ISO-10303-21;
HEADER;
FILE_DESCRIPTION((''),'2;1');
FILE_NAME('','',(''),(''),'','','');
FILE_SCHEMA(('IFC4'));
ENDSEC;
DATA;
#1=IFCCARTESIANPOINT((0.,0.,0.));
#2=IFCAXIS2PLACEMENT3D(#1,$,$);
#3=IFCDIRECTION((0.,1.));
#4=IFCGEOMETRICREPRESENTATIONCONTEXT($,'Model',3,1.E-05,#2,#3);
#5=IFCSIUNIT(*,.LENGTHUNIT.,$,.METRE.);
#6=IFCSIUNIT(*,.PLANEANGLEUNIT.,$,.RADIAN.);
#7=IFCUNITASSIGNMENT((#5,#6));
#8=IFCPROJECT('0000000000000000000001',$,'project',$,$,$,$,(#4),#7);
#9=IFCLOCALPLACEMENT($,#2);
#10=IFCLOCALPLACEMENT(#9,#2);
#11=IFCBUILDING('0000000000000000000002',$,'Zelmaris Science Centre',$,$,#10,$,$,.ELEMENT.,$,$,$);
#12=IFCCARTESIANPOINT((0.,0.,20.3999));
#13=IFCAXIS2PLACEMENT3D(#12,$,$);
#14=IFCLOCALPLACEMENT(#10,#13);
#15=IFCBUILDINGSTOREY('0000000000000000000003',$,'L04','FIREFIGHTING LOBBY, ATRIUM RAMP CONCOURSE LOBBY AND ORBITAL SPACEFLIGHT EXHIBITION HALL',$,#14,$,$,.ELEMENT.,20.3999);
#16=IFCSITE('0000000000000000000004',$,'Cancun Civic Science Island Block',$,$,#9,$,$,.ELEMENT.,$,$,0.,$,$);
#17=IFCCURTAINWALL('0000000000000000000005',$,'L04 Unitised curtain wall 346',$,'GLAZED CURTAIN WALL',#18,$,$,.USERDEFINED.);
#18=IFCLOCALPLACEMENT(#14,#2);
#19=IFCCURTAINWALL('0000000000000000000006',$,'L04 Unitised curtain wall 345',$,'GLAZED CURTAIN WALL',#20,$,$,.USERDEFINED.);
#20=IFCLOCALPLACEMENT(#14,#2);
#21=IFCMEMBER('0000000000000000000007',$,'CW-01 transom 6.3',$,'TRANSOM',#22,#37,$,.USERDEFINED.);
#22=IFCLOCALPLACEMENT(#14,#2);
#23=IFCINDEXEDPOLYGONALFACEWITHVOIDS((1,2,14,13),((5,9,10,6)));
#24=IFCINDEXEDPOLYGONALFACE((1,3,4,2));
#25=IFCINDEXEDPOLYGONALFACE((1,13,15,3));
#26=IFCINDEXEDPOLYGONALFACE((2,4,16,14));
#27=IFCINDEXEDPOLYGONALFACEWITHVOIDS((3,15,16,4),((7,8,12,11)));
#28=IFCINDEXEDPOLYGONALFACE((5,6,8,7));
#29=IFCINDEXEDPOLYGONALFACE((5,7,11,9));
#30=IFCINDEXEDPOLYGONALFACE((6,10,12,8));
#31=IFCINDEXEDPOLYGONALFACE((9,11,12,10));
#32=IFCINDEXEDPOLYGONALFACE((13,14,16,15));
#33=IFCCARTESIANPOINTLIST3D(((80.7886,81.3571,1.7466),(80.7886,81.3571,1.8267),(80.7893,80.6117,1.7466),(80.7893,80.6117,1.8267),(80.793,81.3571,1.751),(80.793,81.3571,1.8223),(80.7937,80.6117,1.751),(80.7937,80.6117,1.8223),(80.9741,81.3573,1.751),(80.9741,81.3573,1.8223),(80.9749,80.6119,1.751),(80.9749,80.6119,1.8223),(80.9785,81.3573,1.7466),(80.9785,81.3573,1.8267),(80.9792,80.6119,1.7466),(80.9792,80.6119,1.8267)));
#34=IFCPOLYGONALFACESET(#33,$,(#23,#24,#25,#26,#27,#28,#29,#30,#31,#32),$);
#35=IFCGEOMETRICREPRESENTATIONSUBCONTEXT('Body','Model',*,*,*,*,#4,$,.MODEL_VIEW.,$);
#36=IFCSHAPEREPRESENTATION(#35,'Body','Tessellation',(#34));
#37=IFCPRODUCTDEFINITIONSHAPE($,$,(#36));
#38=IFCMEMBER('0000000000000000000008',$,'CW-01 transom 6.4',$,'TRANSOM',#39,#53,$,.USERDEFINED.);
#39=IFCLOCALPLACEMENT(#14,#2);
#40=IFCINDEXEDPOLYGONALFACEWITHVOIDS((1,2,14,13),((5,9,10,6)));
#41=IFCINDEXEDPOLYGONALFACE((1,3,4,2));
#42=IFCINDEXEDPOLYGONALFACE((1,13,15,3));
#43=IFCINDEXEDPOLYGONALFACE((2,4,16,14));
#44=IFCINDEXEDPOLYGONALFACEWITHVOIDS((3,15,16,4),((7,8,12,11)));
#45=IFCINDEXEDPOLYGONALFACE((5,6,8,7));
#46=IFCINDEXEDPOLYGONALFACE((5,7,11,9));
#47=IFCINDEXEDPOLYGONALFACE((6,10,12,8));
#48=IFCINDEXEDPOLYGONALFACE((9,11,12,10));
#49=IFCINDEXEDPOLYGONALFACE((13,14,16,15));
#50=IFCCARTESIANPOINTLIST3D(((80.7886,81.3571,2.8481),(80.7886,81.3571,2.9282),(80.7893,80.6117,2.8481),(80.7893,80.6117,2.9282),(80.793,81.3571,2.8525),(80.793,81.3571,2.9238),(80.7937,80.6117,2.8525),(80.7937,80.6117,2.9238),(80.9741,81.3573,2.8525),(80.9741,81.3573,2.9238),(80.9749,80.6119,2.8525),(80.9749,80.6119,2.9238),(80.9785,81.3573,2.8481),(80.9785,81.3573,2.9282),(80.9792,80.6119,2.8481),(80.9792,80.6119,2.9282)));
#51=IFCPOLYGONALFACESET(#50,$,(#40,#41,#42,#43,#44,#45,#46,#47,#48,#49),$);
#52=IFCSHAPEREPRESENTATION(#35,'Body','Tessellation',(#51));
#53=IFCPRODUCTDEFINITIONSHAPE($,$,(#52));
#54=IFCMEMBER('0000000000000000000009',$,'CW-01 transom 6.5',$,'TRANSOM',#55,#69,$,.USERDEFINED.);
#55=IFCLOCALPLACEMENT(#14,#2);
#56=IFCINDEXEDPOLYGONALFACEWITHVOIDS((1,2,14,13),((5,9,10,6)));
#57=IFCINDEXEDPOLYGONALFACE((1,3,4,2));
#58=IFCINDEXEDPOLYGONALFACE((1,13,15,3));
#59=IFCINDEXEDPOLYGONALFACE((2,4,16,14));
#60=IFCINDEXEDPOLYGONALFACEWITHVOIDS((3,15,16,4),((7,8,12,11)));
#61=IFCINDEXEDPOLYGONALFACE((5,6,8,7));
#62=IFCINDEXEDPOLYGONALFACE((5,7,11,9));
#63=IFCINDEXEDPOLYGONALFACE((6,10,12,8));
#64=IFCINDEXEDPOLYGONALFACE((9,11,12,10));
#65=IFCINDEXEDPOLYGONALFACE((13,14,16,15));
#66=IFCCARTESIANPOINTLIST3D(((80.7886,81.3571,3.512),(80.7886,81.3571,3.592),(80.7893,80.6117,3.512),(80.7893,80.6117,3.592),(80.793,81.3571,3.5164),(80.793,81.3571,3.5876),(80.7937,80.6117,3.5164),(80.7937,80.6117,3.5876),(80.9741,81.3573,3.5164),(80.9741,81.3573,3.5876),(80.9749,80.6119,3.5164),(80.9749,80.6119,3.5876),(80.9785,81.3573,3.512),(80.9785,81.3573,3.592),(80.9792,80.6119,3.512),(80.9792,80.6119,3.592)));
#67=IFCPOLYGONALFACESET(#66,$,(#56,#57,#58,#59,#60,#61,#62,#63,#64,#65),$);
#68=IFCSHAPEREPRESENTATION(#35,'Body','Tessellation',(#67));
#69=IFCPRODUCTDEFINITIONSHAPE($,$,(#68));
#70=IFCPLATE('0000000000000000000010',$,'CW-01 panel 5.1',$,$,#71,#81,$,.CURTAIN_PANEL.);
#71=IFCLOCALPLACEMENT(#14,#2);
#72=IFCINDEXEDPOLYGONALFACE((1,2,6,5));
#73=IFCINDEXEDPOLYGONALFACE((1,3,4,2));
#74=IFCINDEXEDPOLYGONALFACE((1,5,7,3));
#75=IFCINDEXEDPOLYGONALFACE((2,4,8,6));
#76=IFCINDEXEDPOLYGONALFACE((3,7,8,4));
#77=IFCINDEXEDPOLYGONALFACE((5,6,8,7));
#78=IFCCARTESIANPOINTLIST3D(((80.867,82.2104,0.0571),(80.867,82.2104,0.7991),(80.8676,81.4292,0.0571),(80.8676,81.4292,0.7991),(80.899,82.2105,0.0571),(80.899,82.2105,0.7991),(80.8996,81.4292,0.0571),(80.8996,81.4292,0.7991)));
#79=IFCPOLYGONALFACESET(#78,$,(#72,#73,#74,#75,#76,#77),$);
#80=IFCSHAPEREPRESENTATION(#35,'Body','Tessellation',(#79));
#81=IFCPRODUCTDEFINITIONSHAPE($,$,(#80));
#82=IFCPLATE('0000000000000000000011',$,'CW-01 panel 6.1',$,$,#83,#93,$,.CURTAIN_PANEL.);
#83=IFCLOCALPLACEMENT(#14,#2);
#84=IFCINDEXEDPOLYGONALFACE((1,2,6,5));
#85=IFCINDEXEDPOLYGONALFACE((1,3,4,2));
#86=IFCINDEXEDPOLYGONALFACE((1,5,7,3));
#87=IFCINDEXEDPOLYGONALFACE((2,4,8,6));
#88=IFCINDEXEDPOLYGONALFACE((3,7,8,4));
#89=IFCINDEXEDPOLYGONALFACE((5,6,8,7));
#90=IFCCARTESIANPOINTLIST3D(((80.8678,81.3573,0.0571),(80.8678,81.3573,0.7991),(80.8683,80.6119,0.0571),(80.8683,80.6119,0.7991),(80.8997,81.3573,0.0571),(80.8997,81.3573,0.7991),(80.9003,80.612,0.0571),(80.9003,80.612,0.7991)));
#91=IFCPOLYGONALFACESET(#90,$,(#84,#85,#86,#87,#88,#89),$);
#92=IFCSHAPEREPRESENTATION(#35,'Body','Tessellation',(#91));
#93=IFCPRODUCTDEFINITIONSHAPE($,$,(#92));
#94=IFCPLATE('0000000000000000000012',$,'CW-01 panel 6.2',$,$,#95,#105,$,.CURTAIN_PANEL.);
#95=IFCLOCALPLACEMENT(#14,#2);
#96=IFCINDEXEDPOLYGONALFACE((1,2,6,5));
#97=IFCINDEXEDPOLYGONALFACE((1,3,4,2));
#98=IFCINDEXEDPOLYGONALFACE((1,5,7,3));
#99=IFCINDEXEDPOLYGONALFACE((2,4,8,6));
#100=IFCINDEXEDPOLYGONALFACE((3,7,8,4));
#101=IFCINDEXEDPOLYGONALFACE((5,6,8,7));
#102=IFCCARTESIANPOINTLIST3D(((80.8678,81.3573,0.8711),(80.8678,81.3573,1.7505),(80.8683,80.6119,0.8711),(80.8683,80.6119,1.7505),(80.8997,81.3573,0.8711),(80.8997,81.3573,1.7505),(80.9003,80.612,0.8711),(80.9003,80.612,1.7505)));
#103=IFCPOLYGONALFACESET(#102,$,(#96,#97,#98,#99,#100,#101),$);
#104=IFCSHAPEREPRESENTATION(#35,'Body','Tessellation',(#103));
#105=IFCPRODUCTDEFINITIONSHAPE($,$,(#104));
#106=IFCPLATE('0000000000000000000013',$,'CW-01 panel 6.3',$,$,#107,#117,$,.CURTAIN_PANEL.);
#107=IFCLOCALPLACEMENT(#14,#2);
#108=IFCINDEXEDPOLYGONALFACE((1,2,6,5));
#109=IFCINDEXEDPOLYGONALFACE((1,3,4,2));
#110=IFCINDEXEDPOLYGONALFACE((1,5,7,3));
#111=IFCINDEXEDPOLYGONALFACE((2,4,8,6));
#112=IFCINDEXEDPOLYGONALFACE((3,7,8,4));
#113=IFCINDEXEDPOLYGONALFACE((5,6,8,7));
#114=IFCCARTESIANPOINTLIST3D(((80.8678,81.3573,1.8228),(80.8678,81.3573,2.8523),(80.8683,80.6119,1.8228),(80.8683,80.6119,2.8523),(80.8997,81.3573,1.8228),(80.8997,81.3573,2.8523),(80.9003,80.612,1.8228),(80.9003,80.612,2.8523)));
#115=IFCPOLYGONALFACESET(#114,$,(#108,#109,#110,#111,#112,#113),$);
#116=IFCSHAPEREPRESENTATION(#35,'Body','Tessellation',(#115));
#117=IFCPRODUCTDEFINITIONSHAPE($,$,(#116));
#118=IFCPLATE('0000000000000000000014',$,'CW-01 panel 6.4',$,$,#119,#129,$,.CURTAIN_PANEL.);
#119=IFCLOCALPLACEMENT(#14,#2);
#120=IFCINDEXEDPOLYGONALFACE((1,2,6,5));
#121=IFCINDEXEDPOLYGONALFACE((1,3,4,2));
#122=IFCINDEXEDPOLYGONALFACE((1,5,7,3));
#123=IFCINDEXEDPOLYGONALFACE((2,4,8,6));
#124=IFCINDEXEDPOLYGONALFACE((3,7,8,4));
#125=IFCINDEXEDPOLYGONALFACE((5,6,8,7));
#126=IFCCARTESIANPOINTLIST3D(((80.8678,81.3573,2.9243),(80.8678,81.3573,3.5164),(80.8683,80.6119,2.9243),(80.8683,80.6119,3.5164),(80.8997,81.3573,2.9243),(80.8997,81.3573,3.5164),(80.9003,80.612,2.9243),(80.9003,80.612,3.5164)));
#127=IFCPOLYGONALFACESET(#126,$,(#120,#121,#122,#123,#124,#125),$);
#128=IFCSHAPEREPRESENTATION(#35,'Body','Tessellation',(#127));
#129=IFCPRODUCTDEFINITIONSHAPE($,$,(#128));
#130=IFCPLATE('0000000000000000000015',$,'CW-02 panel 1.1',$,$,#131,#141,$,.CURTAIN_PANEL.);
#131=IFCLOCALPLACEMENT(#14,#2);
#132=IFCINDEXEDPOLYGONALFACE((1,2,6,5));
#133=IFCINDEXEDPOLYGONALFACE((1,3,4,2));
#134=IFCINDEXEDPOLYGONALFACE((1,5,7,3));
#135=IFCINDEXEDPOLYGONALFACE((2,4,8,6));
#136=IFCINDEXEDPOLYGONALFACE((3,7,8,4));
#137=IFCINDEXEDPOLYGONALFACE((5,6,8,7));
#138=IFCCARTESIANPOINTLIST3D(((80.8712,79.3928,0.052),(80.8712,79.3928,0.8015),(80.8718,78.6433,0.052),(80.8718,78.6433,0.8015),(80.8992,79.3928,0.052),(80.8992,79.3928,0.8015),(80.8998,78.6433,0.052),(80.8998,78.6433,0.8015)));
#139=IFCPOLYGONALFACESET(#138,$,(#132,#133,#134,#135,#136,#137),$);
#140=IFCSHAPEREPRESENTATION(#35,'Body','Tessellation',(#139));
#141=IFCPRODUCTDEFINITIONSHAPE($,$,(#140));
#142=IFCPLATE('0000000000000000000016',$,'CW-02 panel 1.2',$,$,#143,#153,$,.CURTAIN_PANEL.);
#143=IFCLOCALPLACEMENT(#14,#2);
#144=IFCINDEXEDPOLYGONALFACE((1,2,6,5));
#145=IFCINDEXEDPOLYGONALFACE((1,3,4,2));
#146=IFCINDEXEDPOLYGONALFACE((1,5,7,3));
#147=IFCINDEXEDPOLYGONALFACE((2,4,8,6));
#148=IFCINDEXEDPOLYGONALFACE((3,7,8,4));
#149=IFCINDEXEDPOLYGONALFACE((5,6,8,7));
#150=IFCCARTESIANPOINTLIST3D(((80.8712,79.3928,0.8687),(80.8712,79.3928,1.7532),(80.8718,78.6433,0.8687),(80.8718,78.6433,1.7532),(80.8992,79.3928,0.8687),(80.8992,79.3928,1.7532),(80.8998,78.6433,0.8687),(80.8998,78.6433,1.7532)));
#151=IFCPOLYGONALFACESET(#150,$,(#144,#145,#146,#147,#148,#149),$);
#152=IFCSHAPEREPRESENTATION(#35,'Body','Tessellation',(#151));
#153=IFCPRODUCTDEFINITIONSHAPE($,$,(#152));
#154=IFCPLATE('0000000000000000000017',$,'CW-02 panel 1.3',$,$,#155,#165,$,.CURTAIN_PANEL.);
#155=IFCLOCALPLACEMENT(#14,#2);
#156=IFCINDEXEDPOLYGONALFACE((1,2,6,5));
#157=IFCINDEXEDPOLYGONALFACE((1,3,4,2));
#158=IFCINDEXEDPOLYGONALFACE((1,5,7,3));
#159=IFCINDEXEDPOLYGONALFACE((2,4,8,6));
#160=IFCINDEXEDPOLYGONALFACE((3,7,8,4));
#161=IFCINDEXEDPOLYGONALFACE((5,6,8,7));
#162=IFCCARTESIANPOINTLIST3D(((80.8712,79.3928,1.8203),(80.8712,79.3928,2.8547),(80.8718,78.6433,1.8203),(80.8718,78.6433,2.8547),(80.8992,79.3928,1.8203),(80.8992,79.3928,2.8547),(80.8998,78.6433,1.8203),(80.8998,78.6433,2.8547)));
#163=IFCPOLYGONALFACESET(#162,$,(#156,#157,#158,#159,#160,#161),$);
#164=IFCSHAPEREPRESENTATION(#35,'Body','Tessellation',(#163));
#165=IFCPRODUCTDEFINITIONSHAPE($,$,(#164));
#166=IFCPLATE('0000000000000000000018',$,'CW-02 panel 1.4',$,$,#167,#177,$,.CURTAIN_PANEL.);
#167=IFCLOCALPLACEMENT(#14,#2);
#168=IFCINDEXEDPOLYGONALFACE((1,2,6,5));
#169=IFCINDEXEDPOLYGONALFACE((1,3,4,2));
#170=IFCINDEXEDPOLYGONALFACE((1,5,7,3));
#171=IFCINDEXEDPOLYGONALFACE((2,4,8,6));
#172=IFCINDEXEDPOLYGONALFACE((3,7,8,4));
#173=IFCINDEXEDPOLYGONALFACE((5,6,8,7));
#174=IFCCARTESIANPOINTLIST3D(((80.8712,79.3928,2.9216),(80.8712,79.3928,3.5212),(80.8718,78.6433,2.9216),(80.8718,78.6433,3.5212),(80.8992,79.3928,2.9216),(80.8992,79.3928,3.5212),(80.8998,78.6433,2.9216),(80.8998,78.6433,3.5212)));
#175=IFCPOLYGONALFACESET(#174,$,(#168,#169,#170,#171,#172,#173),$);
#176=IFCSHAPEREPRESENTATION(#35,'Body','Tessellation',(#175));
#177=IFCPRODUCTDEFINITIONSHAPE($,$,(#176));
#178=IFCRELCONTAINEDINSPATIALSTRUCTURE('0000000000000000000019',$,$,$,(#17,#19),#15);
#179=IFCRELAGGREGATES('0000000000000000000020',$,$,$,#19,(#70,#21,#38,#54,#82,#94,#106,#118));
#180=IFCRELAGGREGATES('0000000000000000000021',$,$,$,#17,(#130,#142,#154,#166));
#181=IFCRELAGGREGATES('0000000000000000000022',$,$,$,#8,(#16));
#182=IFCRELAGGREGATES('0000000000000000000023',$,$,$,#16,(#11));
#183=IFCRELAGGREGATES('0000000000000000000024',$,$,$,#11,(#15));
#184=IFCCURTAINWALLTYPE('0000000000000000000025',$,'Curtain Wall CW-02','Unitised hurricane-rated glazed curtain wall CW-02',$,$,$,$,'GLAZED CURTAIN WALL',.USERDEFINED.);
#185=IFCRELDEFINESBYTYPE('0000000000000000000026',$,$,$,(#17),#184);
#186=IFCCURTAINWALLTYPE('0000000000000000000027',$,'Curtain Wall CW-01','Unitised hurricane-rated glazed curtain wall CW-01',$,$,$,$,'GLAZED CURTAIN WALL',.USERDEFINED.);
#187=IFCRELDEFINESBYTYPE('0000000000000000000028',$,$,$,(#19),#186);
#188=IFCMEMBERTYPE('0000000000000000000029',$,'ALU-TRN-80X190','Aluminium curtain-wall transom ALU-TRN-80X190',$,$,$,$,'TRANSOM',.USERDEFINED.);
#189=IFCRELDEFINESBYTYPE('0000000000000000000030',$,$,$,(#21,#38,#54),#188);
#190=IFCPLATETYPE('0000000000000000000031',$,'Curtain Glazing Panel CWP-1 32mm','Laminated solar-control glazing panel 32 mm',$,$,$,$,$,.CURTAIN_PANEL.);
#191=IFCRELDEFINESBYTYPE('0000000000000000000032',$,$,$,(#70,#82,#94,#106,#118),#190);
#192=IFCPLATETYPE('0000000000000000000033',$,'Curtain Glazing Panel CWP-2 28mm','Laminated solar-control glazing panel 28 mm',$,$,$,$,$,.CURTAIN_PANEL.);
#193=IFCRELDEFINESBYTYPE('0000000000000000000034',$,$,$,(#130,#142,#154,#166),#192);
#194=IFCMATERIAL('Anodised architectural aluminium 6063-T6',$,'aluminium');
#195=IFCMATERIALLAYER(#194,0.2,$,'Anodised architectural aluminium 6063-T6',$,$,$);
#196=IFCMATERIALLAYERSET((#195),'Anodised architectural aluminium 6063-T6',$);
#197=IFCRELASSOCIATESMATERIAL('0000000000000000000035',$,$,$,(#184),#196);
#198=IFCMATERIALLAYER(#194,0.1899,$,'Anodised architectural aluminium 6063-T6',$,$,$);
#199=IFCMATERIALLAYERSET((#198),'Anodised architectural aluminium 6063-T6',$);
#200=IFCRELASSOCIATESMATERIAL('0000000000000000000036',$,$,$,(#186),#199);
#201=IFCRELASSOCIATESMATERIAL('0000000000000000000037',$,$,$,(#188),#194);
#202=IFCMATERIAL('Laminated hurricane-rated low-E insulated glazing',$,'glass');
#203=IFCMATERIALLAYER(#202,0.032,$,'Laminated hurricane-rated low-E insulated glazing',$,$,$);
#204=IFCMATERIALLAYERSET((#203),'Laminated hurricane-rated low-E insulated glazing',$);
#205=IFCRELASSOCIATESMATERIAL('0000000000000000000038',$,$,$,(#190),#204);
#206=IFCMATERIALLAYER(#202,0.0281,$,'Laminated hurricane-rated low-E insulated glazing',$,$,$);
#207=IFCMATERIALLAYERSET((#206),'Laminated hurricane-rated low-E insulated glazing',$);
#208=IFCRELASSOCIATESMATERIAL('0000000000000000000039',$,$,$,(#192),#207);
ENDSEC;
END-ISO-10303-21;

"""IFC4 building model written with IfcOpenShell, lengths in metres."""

from ifc_helpers import new_model, si_unit, direction, frame, origin, origin_2d, place, context, subcontext, project, spatial, rectangle, hollow_rectangle, extrude, material, layer, layer_set, material_profile, profile_set, type_object, element, aggregate, save


model = new_model("IFC4")

# Units and contexts
model_context = context("Model", 3, precision=1e-05, world=origin(), true_north=direction((0.0, 1.0)))
body_context = subcontext(model_context, "Body", "Model", "MODEL_VIEW")
ifc_project = project(units=[si_unit("LENGTHUNIT", "METRE"), si_unit("PLANEANGLEUNIT", "RADIAN")], contexts=[model_context])

# Site, building, storey
site_placement = place(None, origin())
site = spatial("IfcSite", under=ifc_project, at=site_placement, Name="Cancun Civic Science Island Block", CompositionType="ELEMENT", RefElevation=0.0)
building_placement = place(site_placement, origin())
building = spatial("IfcBuilding", under=site, at=building_placement, Name="Zelmaris Science Centre", CompositionType="ELEMENT")
storey_placement = place(building_placement, frame((0.0, 0.0, 20.3999)))
storey = spatial("IfcBuildingStorey", under=building, at=storey_placement, Name="L04", Description="FIREFIGHTING LOBBY, ATRIUM RAMP CONCOURSE LOBBY AND ORBITAL SPACEFLIGHT EXHIBITION HALL", CompositionType="ELEMENT", Elevation=20.3999)

# Curtain wall
ifc_material_1 = material(Name="Anodised architectural aluminium 6063-T6", Category="aluminium")
ifc_layer_1 = layer(ifc_material_1, 0.2, Name="Anodised architectural aluminium 6063-T6")
ifc_layer_set_1 = layer_set([ifc_layer_1], Name="Anodised architectural aluminium 6063-T6")
curtain_wall_type_1 = type_object("IfcCurtainWallType", Name="Curtain Wall CW-02", Description="Unitised hurricane-rated glazed curtain wall CW-02", ElementType="GLAZED CURTAIN WALL", PredefinedType="USERDEFINED", material=ifc_layer_set_1)
curtain_wall_1_placement = place(storey_placement, origin())
curtain_wall_1 = element("IfcCurtainWall", 1, at=curtain_wall_1_placement, inside=storey, type_object=curtain_wall_type_1, Name="L04 Unitised curtain wall 346", ObjectType="GLAZED CURTAIN WALL", PredefinedType="USERDEFINED")

# Curtain wall
ifc_layer_2 = layer(ifc_material_1, 0.1899, Name="Anodised architectural aluminium 6063-T6")
ifc_layer_set_2 = layer_set([ifc_layer_2], Name="Anodised architectural aluminium 6063-T6")
curtain_wall_type_2 = type_object("IfcCurtainWallType", Name="Curtain Wall CW-01", Description="Unitised hurricane-rated glazed curtain wall CW-01", ElementType="GLAZED CURTAIN WALL", PredefinedType="USERDEFINED", material=ifc_layer_set_2)
curtain_wall_2_placement = place(storey_placement, origin())
curtain_wall_2 = element("IfcCurtainWall", 2, at=curtain_wall_2_placement, inside=storey, type_object=curtain_wall_type_2, Name="L04 Unitised curtain wall 345", ObjectType="GLAZED CURTAIN WALL", PredefinedType="USERDEFINED")

# Members
ifc_material_profile_1 = material_profile(ifc_material_1, hollow_rectangle(XDim=0.0801, YDim=0.1899, WallThickness=0.0044, at=origin_2d()), Name="ALU-TRN-80X190")
ifc_profile_set_1 = profile_set([ifc_material_profile_1], Name="Anodised architectural aluminium 6063-T6")
member_type_1 = type_object("IfcMemberType", Name="ALU-TRN-80X190", Description="Aluminium curtain-wall transom ALU-TRN-80X190", ElementType="TRANSOM", PredefinedType="USERDEFINED", material=ifc_profile_set_1)
member_1_placement = place(storey_placement, frame((80.8835, 81.3572, 1.7866), z_axis=(0.000983, -1.0, 0.0), x_axis=(0.0, 0.0, 1.0)))
member_1 = element("IfcMember", 3, at=member_1_placement, type_object=member_type_1, Name="CW-01 transom 6.3", ObjectType="TRANSOM", PredefinedType="USERDEFINED", context=body_context, shape_type="SweptSolid", body=[
    extrude(hollow_rectangle(XDim=0.0801, YDim=0.1899, WallThickness=0.0044, at=origin_2d()), origin(), (0.0, 0.0, 1.0), 0.7454),
])
member_2_placement = place(storey_placement, frame((80.8835, 81.3572, 2.8882), z_axis=(0.000983, -1.0, 0.0), x_axis=(0.0, 0.0, 1.0)))
member_2 = element("IfcMember", 4, at=member_2_placement, type_object=member_type_1, Name="CW-01 transom 6.4", ObjectType="TRANSOM", PredefinedType="USERDEFINED", context=body_context, shape_type="SweptSolid", body=[
    extrude(hollow_rectangle(XDim=0.0801, YDim=0.1899, WallThickness=0.0044, at=origin_2d()), origin(), (0.0, 0.0, 1.0), 0.7454),
])
member_3_placement = place(storey_placement, frame((80.8835, 81.3572, 3.552), z_axis=(0.000983, -1.0, 0.0), x_axis=(0.0, 0.0, 1.0)))
member_3 = element("IfcMember", 5, at=member_3_placement, type_object=member_type_1, Name="CW-01 transom 6.5", ObjectType="TRANSOM", PredefinedType="USERDEFINED", context=body_context, shape_type="SweptSolid", body=[
    extrude(hollow_rectangle(XDim=0.0801, YDim=0.1899, WallThickness=0.0044, at=origin_2d()), origin(), (0.0, 0.0, 1.0), 0.7454),
])

# Plates
ifc_material_2 = material(Name="Laminated hurricane-rated low-E insulated glazing", Category="glass")
ifc_layer_3 = layer(ifc_material_2, 0.032, Name="Laminated hurricane-rated low-E insulated glazing")
ifc_layer_set_3 = layer_set([ifc_layer_3], Name="Laminated hurricane-rated low-E insulated glazing")
plate_type_1 = type_object("IfcPlateType", Name="Curtain Glazing Panel CWP-1 32mm", Description="Laminated solar-control glazing panel 32 mm", PredefinedType="CURTAIN_PANEL", material=ifc_layer_set_3)
plate_1_placement = place(storey_placement, frame((80.8833, 81.8198, 0.0571), z_axis=(0.0, 0.0, 1.0), x_axis=(0.000781, -1.0, 0.0)))
plate_1 = element("IfcPlate", 6, at=plate_1_placement, type_object=plate_type_1, Name="CW-01 panel 5.1", PredefinedType="CURTAIN_PANEL", context=body_context, shape_type="SweptSolid", body=[
    extrude(rectangle(XDim=0.7812, YDim=0.032, at=origin_2d()), origin(), (0.0, 0.0, 1.0), 0.7419),
])
plate_2_placement = place(storey_placement, frame((80.884, 80.9846, 0.0571), z_axis=(0.0, 0.0, 1.0), x_axis=(0.000781, -1.0, 0.0)))
plate_2 = element("IfcPlate", 7, at=plate_2_placement, type_object=plate_type_1, Name="CW-01 panel 6.1", PredefinedType="CURTAIN_PANEL", context=body_context, shape_type="SweptSolid", body=[
    extrude(rectangle(XDim=0.7454, YDim=0.032, at=origin_2d()), origin(), (0.0, 0.0, 1.0), 0.7419),
])
plate_3_placement = place(storey_placement, frame((80.884, 80.9846, 0.8711), z_axis=(0.0, 0.0, 1.0), x_axis=(0.000781, -1.0, 0.0)))
plate_3 = element("IfcPlate", 8, at=plate_3_placement, type_object=plate_type_1, Name="CW-01 panel 6.2", PredefinedType="CURTAIN_PANEL", context=body_context, shape_type="SweptSolid", body=[
    extrude(rectangle(XDim=0.7454, YDim=0.032, at=origin_2d()), origin(), (0.0, 0.0, 1.0), 0.8794),
])
plate_4_placement = place(storey_placement, frame((80.884, 80.9846, 1.8228), z_axis=(0.0, 0.0, 1.0), x_axis=(0.000781, -1.0, 0.0)))
plate_4 = element("IfcPlate", 9, at=plate_4_placement, type_object=plate_type_1, Name="CW-01 panel 6.3", PredefinedType="CURTAIN_PANEL", context=body_context, shape_type="SweptSolid", body=[
    extrude(rectangle(XDim=0.7454, YDim=0.032, at=origin_2d()), origin(), (0.0, 0.0, 1.0), 1.0295),
])
plate_5_placement = place(storey_placement, frame((80.884, 80.9846, 2.9243), z_axis=(0.0, 0.0, 1.0), x_axis=(0.000781, -1.0, 0.0)))
plate_5 = element("IfcPlate", 10, at=plate_5_placement, type_object=plate_type_1, Name="CW-01 panel 6.4", PredefinedType="CURTAIN_PANEL", context=body_context, shape_type="SweptSolid", body=[
    extrude(rectangle(XDim=0.7454, YDim=0.032, at=origin_2d()), origin(), (0.0, 0.0, 1.0), 0.592),
])
aggregate(curtain_wall_2, [plate_1, member_1, member_2, member_3, plate_2, plate_3, plate_4, plate_5])
ifc_layer_4 = layer(ifc_material_2, 0.0281, Name="Laminated hurricane-rated low-E insulated glazing")
ifc_layer_set_4 = layer_set([ifc_layer_4], Name="Laminated hurricane-rated low-E insulated glazing")
plate_type_2 = type_object("IfcPlateType", Name="Curtain Glazing Panel CWP-2 28mm", Description="Laminated solar-control glazing panel 28 mm", PredefinedType="CURTAIN_PANEL", material=ifc_layer_set_4)
plate_6_placement = place(storey_placement, frame((80.8855, 79.0181, 0.052), z_axis=(0.0, 0.0, 1.0), x_axis=(0.000794, -1.0, 0.0)))
plate_6 = element("IfcPlate", 11, at=plate_6_placement, type_object=plate_type_2, Name="CW-02 panel 1.1", PredefinedType="CURTAIN_PANEL", context=body_context, shape_type="SweptSolid", body=[
    extrude(rectangle(XDim=0.7495, YDim=0.0281, at=origin_2d()), origin(), (0.0, 0.0, 1.0), 0.7495),
])
plate_7_placement = place(storey_placement, frame((80.8855, 79.0181, 0.8687), z_axis=(0.0, 0.0, 1.0), x_axis=(0.000794, -1.0, 0.0)))
plate_7 = element("IfcPlate", 12, at=plate_7_placement, type_object=plate_type_2, Name="CW-02 panel 1.2", PredefinedType="CURTAIN_PANEL", context=body_context, shape_type="SweptSolid", body=[
    extrude(rectangle(XDim=0.7495, YDim=0.0281, at=origin_2d()), origin(), (0.0, 0.0, 1.0), 0.8845),
])
plate_8_placement = place(storey_placement, frame((80.8855, 79.0181, 1.8203), z_axis=(0.0, 0.0, 1.0), x_axis=(0.000794, -1.0, 0.0)))
plate_8 = element("IfcPlate", 13, at=plate_8_placement, type_object=plate_type_2, Name="CW-02 panel 1.3", PredefinedType="CURTAIN_PANEL", context=body_context, shape_type="SweptSolid", body=[
    extrude(rectangle(XDim=0.7495, YDim=0.0281, at=origin_2d()), origin(), (0.0, 0.0, 1.0), 1.0344),
])
plate_9_placement = place(storey_placement, frame((80.8855, 79.0181, 2.9216), z_axis=(0.0, 0.0, 1.0), x_axis=(0.000794, -1.0, 0.0)))
plate_9 = element("IfcPlate", 14, at=plate_9_placement, type_object=plate_type_2, Name="CW-02 panel 1.4", PredefinedType="CURTAIN_PANEL", context=body_context, shape_type="SweptSolid", body=[
    extrude(rectangle(XDim=0.7495, YDim=0.0281, at=origin_2d()), origin(), (0.0, 0.0, 1.0), 0.5996),
])
aggregate(curtain_wall_1, [plate_6, plate_7, plate_8, plate_9])

save(model, "model.ifc")
